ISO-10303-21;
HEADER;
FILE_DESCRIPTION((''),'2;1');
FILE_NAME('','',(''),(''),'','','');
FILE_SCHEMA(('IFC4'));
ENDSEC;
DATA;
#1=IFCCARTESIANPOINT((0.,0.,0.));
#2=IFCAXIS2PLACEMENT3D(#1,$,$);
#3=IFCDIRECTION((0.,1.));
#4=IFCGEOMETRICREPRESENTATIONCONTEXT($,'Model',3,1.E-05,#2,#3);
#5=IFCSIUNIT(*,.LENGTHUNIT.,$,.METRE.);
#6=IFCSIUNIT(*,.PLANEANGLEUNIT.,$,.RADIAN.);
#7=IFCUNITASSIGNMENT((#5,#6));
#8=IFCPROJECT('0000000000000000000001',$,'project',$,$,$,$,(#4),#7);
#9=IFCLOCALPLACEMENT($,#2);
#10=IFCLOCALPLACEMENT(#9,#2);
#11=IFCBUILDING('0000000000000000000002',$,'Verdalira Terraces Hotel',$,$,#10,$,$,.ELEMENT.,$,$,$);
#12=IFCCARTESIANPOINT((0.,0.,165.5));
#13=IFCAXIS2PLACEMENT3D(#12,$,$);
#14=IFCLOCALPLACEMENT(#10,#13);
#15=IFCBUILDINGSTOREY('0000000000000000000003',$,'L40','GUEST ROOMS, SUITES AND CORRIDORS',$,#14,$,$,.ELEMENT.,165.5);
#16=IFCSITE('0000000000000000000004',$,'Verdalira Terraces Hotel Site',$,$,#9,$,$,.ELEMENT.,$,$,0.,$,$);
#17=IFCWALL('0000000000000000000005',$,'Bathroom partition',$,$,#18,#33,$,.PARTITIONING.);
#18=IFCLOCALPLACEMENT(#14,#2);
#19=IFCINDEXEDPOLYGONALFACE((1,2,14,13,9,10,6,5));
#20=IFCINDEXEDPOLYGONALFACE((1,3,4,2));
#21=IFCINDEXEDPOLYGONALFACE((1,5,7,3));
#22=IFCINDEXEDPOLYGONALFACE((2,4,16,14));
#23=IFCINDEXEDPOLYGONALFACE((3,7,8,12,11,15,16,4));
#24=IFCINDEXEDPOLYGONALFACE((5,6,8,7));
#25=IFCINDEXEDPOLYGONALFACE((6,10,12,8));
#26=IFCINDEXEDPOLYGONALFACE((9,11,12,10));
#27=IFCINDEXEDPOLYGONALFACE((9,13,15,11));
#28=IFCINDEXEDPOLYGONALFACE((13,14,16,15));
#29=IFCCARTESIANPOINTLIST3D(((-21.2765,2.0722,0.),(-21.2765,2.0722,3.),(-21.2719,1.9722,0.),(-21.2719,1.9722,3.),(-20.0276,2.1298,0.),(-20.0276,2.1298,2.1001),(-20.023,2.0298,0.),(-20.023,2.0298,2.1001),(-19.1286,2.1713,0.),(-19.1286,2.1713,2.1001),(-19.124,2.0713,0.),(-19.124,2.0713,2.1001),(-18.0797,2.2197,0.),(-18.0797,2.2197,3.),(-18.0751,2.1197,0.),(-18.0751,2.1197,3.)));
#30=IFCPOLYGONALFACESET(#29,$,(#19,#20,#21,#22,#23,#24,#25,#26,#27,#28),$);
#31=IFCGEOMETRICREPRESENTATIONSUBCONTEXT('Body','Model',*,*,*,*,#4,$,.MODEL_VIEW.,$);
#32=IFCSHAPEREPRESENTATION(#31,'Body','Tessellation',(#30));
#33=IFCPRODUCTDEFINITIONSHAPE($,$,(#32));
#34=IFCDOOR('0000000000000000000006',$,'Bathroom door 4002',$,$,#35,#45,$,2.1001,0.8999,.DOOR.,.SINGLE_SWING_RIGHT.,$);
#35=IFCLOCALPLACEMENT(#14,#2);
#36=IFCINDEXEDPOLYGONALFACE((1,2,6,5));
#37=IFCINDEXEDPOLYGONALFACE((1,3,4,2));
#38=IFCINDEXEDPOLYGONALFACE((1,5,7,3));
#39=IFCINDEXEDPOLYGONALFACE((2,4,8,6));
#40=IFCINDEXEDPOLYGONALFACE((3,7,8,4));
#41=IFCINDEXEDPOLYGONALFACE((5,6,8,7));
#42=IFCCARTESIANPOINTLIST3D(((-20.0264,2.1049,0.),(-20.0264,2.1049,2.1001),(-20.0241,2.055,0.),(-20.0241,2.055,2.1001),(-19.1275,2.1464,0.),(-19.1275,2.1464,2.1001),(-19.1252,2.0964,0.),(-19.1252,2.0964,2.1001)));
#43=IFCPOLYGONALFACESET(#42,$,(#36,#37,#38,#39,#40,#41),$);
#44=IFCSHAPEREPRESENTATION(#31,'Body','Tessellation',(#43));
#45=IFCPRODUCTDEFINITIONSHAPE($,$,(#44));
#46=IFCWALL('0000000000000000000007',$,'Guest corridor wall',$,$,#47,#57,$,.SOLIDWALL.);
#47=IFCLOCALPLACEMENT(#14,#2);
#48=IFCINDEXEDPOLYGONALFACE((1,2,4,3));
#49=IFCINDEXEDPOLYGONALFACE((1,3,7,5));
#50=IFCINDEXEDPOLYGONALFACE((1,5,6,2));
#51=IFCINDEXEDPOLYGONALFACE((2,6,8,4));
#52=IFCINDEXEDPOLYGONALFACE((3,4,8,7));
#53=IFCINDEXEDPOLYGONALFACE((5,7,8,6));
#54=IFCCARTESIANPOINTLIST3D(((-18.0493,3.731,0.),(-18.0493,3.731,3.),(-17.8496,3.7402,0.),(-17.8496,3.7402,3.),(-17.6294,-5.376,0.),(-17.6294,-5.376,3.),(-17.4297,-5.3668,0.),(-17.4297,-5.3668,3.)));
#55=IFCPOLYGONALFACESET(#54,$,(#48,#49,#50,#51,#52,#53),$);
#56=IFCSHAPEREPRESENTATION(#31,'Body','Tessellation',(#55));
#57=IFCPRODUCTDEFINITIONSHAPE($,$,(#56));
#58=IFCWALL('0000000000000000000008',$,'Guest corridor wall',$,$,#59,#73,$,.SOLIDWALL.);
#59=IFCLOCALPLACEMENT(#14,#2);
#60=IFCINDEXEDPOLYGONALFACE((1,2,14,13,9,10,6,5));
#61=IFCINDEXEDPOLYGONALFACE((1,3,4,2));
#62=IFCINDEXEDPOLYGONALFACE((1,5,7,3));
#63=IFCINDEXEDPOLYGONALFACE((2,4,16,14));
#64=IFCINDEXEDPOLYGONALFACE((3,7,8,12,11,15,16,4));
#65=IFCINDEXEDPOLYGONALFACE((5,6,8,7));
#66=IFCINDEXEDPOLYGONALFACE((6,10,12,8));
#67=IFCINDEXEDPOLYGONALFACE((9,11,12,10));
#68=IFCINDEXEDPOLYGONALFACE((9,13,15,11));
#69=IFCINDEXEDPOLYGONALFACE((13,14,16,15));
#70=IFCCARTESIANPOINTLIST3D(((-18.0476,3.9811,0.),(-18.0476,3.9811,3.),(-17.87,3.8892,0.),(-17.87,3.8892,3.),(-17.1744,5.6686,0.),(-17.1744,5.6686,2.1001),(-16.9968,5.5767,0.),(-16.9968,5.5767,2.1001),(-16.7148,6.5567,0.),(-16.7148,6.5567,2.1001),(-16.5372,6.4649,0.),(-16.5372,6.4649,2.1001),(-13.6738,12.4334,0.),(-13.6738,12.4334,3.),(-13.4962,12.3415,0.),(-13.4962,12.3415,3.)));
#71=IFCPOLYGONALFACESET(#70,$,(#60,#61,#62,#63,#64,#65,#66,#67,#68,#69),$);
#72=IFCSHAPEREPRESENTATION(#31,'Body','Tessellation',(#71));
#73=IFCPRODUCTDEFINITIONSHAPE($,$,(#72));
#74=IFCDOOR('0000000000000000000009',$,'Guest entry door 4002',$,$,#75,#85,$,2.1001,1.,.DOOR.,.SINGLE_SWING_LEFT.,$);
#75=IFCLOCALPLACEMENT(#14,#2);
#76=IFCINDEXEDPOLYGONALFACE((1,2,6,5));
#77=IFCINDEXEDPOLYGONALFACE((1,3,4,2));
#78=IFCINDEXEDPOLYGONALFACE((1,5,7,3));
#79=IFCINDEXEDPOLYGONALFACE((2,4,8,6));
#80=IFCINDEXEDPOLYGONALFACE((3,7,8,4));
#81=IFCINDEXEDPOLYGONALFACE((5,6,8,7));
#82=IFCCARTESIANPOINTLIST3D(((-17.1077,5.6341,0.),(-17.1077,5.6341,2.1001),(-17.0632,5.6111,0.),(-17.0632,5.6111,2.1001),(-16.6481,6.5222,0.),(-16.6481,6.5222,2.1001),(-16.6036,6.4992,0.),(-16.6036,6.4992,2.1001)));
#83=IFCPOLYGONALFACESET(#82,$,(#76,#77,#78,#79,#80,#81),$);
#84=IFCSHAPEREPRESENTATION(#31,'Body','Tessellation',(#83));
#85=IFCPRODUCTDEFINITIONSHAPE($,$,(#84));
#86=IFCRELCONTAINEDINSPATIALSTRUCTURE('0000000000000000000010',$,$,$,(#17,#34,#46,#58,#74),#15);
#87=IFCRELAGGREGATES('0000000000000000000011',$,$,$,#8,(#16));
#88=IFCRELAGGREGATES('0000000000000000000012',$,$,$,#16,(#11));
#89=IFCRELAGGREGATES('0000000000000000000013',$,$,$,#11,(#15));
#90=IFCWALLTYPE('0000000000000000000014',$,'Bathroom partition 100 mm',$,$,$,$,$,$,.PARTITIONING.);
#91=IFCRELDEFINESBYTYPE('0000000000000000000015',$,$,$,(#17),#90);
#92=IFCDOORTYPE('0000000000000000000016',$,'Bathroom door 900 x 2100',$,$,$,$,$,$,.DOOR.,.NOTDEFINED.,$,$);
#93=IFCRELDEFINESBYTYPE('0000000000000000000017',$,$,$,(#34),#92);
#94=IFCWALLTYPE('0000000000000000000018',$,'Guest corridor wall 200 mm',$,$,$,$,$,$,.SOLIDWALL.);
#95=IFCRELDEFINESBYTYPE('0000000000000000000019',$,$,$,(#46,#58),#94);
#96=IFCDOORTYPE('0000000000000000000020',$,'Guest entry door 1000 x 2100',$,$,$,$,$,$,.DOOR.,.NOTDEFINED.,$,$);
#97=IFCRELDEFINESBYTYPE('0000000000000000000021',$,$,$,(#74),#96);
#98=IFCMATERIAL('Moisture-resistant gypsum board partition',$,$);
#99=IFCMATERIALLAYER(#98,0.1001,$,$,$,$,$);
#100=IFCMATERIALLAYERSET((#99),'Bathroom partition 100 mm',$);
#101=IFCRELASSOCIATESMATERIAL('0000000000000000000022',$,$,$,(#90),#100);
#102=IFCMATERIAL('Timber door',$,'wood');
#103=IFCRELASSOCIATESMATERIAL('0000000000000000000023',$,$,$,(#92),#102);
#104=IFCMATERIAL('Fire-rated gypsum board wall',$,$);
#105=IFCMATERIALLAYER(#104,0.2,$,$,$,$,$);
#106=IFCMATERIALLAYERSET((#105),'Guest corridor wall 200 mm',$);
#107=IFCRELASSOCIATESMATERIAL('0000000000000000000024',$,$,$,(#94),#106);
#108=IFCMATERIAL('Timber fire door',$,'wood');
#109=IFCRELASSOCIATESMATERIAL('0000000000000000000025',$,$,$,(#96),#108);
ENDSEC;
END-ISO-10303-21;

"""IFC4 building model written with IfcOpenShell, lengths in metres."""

from ifc_helpers import new_model, si_unit, direction, frame, frame_2d, origin, place, context, subcontext, project, spatial, rectangle, extrude, material, layer, layer_set, type_object, element, fill, save


model = new_model("IFC4")

# Units and contexts
model_context = context("Model", 3, precision=1e-05, world=origin(), true_north=direction((0.0, 1.0)))
body_context = subcontext(model_context, "Body", "Model", "MODEL_VIEW")
ifc_project = project(units=[si_unit("LENGTHUNIT", "METRE"), si_unit("PLANEANGLEUNIT", "RADIAN")], contexts=[model_context])

# Site, building, storey
site_placement = place(None, origin())
site = spatial("IfcSite", under=ifc_project, at=site_placement, Name="Verdalira Terraces Hotel Site", CompositionType="ELEMENT", RefElevation=0.0)
building_placement = place(site_placement, origin())
building = spatial("IfcBuilding", under=site, at=building_placement, Name="Verdalira Terraces Hotel", CompositionType="ELEMENT")
storey_placement = place(building_placement, frame((0.0, 0.0, 165.5)))
storey = spatial("IfcBuildingStorey", under=building, at=storey_placement, Name="L40", Description="GUEST ROOMS, SUITES AND CORRIDORS", CompositionType="ELEMENT", Elevation=165.5)

# Shared definitions
ifc_material_1 = material(Name="Moisture-resistant gypsum board partition")
ifc_layer_1 = layer(ifc_material_1, 0.1001)
ifc_layer_set_1 = layer_set([ifc_layer_1], Name="Bathroom partition 100 mm")
wall_type_1 = type_object("IfcWallType", Name="Bathroom partition 100 mm", PredefinedType="PARTITIONING", material=ifc_layer_set_1)

# Wall, opening, door
wall_1_placement = place(storey_placement, frame((-18.0774, 2.1697, 0.0), z_axis=(0.0, 0.0, 1.0), x_axis=(-0.998938, -0.046079, 0.0)))
wall_1 = element("IfcWall", 1, at=wall_1_placement, inside=storey, type_object=wall_type_1, Name="Bathroom partition", PredefinedType="PARTITIONING", context=body_context, shape_type="SweptSolid", body=[
    extrude(rectangle(XDim=3.2002, YDim=0.1001, at=frame_2d((1.6001, 0.0))), origin(), (0.0, 0.0, 1.0), 3.0),
])
opening_1_placement = place(wall_1_placement, frame((1.05, 0.0, 0.0)))
opening_1 = element("IfcOpeningElement", 2, at=opening_1_placement, cuts=wall_1, PredefinedType="OPENING", context=body_context, shape_type="SweptSolid", body=[
    extrude(rectangle(XDim=0.8999, YDim=2.1001, at=frame_2d((0.45, 1.05))), frame((0.0, 0.0601, 0.0), z_axis=(0.0, -1.0, 0.0), x_axis=(1.0, 0.0, 0.0)), (0.0, 0.0, 1.0), 0.1201),
])
ifc_material_2 = material(Name="Timber door", Category="wood")
door_type_1 = type_object("IfcDoorType", Name="Bathroom door 900 x 2100", OperationType="NOTDEFINED", PredefinedType="DOOR", material=ifc_material_2)
door_1_placement = place(opening_1_placement, origin())
door_1 = element("IfcDoor", 3, at=door_1_placement, inside=storey, type_object=door_type_1, Name="Bathroom door 4002", OperationType="SINGLE_SWING_RIGHT", OverallHeight=2.1001, OverallWidth=0.8999, PredefinedType="DOOR", context=body_context, shape_type="SweptSolid", body=[
    extrude(rectangle(XDim=0.8999, YDim=2.1001, at=frame_2d((0.45, 1.05))), frame((0.0, 0.0249, 0.0), z_axis=(0.0, -1.0, 0.0), x_axis=(1.0, 0.0, 0.0)), (0.0, 0.0, 1.0), 0.05),
])
fill(opening_1, door_1)

# Wall
ifc_material_3 = material(Name="Fire-rated gypsum board wall")
ifc_layer_2 = layer(ifc_material_3, 0.2)
ifc_layer_set_2 = layer_set([ifc_layer_2], Name="Guest corridor wall 200 mm")
wall_type_2 = type_object("IfcWallType", Name="Guest corridor wall 200 mm", PredefinedType="SOLIDWALL", material=ifc_layer_set_2)
wall_2_placement = place(storey_placement, frame((-17.9495, 3.7356, 0.0), z_axis=(0.0, 0.0, 1.0), x_axis=(0.046061, -0.998939, 0.0)))
element("IfcWall", 4, at=wall_2_placement, inside=storey, type_object=wall_type_2, Name="Guest corridor wall", PredefinedType="SOLIDWALL", context=body_context, shape_type="SweptSolid", body=[
    extrude(rectangle(XDim=9.1167, YDim=0.2, at=frame_2d((4.5583, 0.0))), origin(), (0.0, 0.0, 1.0), 3.0),
])

# Wall, opening, door
wall_3_placement = place(storey_placement, frame((-17.9587, 3.9353, 0.0), z_axis=(0.0, 0.0, 1.0), x_axis=(0.459587, 0.888133, 0.0)))
wall_3 = element("IfcWall", 5, at=wall_3_placement, inside=storey, type_object=wall_type_2, Name="Guest corridor wall", PredefinedType="SOLIDWALL", context=body_context, shape_type="SweptSolid", body=[
    extrude(rectangle(XDim=9.5168, YDim=0.2, at=frame_2d((4.7583, 0.0))), origin(), (0.0, 0.0, 1.0), 3.0),
])
opening_2_placement = place(wall_3_placement, frame((1.8999, 0.0, 0.0)))
opening_2 = element("IfcOpeningElement", 6, at=opening_2_placement, cuts=wall_3, PredefinedType="OPENING", context=body_context, shape_type="SweptSolid", body=[
    extrude(rectangle(XDim=1.0, YDim=2.1001, at=frame_2d((0.5, 1.05))), frame((0.0, 0.1099, 0.0), z_axis=(0.0, -1.0, 0.0), x_axis=(1.0, 0.0, 0.0)), (0.0, 0.0, 1.0), 0.22),
])
ifc_material_4 = material(Name="Timber fire door", Category="wood")
door_type_2 = type_object("IfcDoorType", Name="Guest entry door 1000 x 2100", OperationType="NOTDEFINED", PredefinedType="DOOR", material=ifc_material_4)
door_2_placement = place(opening_2_placement, origin())
door_2 = element("IfcDoor", 7, at=door_2_placement, inside=storey, type_object=door_type_2, Name="Guest entry door 4002", OperationType="SINGLE_SWING_LEFT", OverallHeight=2.1001, OverallWidth=1.0, PredefinedType="DOOR", context=body_context, shape_type="SweptSolid", body=[
    extrude(rectangle(XDim=1.0, YDim=2.1001, at=frame_2d((0.5, 1.05))), frame((0.0, 0.0249, 0.0), z_axis=(0.0, -1.0, 0.0), x_axis=(1.0, 0.0, 0.0)), (0.0, 0.0, 1.0), 0.05),
])
fill(opening_2, door_2)

save(model, "model.ifc")
